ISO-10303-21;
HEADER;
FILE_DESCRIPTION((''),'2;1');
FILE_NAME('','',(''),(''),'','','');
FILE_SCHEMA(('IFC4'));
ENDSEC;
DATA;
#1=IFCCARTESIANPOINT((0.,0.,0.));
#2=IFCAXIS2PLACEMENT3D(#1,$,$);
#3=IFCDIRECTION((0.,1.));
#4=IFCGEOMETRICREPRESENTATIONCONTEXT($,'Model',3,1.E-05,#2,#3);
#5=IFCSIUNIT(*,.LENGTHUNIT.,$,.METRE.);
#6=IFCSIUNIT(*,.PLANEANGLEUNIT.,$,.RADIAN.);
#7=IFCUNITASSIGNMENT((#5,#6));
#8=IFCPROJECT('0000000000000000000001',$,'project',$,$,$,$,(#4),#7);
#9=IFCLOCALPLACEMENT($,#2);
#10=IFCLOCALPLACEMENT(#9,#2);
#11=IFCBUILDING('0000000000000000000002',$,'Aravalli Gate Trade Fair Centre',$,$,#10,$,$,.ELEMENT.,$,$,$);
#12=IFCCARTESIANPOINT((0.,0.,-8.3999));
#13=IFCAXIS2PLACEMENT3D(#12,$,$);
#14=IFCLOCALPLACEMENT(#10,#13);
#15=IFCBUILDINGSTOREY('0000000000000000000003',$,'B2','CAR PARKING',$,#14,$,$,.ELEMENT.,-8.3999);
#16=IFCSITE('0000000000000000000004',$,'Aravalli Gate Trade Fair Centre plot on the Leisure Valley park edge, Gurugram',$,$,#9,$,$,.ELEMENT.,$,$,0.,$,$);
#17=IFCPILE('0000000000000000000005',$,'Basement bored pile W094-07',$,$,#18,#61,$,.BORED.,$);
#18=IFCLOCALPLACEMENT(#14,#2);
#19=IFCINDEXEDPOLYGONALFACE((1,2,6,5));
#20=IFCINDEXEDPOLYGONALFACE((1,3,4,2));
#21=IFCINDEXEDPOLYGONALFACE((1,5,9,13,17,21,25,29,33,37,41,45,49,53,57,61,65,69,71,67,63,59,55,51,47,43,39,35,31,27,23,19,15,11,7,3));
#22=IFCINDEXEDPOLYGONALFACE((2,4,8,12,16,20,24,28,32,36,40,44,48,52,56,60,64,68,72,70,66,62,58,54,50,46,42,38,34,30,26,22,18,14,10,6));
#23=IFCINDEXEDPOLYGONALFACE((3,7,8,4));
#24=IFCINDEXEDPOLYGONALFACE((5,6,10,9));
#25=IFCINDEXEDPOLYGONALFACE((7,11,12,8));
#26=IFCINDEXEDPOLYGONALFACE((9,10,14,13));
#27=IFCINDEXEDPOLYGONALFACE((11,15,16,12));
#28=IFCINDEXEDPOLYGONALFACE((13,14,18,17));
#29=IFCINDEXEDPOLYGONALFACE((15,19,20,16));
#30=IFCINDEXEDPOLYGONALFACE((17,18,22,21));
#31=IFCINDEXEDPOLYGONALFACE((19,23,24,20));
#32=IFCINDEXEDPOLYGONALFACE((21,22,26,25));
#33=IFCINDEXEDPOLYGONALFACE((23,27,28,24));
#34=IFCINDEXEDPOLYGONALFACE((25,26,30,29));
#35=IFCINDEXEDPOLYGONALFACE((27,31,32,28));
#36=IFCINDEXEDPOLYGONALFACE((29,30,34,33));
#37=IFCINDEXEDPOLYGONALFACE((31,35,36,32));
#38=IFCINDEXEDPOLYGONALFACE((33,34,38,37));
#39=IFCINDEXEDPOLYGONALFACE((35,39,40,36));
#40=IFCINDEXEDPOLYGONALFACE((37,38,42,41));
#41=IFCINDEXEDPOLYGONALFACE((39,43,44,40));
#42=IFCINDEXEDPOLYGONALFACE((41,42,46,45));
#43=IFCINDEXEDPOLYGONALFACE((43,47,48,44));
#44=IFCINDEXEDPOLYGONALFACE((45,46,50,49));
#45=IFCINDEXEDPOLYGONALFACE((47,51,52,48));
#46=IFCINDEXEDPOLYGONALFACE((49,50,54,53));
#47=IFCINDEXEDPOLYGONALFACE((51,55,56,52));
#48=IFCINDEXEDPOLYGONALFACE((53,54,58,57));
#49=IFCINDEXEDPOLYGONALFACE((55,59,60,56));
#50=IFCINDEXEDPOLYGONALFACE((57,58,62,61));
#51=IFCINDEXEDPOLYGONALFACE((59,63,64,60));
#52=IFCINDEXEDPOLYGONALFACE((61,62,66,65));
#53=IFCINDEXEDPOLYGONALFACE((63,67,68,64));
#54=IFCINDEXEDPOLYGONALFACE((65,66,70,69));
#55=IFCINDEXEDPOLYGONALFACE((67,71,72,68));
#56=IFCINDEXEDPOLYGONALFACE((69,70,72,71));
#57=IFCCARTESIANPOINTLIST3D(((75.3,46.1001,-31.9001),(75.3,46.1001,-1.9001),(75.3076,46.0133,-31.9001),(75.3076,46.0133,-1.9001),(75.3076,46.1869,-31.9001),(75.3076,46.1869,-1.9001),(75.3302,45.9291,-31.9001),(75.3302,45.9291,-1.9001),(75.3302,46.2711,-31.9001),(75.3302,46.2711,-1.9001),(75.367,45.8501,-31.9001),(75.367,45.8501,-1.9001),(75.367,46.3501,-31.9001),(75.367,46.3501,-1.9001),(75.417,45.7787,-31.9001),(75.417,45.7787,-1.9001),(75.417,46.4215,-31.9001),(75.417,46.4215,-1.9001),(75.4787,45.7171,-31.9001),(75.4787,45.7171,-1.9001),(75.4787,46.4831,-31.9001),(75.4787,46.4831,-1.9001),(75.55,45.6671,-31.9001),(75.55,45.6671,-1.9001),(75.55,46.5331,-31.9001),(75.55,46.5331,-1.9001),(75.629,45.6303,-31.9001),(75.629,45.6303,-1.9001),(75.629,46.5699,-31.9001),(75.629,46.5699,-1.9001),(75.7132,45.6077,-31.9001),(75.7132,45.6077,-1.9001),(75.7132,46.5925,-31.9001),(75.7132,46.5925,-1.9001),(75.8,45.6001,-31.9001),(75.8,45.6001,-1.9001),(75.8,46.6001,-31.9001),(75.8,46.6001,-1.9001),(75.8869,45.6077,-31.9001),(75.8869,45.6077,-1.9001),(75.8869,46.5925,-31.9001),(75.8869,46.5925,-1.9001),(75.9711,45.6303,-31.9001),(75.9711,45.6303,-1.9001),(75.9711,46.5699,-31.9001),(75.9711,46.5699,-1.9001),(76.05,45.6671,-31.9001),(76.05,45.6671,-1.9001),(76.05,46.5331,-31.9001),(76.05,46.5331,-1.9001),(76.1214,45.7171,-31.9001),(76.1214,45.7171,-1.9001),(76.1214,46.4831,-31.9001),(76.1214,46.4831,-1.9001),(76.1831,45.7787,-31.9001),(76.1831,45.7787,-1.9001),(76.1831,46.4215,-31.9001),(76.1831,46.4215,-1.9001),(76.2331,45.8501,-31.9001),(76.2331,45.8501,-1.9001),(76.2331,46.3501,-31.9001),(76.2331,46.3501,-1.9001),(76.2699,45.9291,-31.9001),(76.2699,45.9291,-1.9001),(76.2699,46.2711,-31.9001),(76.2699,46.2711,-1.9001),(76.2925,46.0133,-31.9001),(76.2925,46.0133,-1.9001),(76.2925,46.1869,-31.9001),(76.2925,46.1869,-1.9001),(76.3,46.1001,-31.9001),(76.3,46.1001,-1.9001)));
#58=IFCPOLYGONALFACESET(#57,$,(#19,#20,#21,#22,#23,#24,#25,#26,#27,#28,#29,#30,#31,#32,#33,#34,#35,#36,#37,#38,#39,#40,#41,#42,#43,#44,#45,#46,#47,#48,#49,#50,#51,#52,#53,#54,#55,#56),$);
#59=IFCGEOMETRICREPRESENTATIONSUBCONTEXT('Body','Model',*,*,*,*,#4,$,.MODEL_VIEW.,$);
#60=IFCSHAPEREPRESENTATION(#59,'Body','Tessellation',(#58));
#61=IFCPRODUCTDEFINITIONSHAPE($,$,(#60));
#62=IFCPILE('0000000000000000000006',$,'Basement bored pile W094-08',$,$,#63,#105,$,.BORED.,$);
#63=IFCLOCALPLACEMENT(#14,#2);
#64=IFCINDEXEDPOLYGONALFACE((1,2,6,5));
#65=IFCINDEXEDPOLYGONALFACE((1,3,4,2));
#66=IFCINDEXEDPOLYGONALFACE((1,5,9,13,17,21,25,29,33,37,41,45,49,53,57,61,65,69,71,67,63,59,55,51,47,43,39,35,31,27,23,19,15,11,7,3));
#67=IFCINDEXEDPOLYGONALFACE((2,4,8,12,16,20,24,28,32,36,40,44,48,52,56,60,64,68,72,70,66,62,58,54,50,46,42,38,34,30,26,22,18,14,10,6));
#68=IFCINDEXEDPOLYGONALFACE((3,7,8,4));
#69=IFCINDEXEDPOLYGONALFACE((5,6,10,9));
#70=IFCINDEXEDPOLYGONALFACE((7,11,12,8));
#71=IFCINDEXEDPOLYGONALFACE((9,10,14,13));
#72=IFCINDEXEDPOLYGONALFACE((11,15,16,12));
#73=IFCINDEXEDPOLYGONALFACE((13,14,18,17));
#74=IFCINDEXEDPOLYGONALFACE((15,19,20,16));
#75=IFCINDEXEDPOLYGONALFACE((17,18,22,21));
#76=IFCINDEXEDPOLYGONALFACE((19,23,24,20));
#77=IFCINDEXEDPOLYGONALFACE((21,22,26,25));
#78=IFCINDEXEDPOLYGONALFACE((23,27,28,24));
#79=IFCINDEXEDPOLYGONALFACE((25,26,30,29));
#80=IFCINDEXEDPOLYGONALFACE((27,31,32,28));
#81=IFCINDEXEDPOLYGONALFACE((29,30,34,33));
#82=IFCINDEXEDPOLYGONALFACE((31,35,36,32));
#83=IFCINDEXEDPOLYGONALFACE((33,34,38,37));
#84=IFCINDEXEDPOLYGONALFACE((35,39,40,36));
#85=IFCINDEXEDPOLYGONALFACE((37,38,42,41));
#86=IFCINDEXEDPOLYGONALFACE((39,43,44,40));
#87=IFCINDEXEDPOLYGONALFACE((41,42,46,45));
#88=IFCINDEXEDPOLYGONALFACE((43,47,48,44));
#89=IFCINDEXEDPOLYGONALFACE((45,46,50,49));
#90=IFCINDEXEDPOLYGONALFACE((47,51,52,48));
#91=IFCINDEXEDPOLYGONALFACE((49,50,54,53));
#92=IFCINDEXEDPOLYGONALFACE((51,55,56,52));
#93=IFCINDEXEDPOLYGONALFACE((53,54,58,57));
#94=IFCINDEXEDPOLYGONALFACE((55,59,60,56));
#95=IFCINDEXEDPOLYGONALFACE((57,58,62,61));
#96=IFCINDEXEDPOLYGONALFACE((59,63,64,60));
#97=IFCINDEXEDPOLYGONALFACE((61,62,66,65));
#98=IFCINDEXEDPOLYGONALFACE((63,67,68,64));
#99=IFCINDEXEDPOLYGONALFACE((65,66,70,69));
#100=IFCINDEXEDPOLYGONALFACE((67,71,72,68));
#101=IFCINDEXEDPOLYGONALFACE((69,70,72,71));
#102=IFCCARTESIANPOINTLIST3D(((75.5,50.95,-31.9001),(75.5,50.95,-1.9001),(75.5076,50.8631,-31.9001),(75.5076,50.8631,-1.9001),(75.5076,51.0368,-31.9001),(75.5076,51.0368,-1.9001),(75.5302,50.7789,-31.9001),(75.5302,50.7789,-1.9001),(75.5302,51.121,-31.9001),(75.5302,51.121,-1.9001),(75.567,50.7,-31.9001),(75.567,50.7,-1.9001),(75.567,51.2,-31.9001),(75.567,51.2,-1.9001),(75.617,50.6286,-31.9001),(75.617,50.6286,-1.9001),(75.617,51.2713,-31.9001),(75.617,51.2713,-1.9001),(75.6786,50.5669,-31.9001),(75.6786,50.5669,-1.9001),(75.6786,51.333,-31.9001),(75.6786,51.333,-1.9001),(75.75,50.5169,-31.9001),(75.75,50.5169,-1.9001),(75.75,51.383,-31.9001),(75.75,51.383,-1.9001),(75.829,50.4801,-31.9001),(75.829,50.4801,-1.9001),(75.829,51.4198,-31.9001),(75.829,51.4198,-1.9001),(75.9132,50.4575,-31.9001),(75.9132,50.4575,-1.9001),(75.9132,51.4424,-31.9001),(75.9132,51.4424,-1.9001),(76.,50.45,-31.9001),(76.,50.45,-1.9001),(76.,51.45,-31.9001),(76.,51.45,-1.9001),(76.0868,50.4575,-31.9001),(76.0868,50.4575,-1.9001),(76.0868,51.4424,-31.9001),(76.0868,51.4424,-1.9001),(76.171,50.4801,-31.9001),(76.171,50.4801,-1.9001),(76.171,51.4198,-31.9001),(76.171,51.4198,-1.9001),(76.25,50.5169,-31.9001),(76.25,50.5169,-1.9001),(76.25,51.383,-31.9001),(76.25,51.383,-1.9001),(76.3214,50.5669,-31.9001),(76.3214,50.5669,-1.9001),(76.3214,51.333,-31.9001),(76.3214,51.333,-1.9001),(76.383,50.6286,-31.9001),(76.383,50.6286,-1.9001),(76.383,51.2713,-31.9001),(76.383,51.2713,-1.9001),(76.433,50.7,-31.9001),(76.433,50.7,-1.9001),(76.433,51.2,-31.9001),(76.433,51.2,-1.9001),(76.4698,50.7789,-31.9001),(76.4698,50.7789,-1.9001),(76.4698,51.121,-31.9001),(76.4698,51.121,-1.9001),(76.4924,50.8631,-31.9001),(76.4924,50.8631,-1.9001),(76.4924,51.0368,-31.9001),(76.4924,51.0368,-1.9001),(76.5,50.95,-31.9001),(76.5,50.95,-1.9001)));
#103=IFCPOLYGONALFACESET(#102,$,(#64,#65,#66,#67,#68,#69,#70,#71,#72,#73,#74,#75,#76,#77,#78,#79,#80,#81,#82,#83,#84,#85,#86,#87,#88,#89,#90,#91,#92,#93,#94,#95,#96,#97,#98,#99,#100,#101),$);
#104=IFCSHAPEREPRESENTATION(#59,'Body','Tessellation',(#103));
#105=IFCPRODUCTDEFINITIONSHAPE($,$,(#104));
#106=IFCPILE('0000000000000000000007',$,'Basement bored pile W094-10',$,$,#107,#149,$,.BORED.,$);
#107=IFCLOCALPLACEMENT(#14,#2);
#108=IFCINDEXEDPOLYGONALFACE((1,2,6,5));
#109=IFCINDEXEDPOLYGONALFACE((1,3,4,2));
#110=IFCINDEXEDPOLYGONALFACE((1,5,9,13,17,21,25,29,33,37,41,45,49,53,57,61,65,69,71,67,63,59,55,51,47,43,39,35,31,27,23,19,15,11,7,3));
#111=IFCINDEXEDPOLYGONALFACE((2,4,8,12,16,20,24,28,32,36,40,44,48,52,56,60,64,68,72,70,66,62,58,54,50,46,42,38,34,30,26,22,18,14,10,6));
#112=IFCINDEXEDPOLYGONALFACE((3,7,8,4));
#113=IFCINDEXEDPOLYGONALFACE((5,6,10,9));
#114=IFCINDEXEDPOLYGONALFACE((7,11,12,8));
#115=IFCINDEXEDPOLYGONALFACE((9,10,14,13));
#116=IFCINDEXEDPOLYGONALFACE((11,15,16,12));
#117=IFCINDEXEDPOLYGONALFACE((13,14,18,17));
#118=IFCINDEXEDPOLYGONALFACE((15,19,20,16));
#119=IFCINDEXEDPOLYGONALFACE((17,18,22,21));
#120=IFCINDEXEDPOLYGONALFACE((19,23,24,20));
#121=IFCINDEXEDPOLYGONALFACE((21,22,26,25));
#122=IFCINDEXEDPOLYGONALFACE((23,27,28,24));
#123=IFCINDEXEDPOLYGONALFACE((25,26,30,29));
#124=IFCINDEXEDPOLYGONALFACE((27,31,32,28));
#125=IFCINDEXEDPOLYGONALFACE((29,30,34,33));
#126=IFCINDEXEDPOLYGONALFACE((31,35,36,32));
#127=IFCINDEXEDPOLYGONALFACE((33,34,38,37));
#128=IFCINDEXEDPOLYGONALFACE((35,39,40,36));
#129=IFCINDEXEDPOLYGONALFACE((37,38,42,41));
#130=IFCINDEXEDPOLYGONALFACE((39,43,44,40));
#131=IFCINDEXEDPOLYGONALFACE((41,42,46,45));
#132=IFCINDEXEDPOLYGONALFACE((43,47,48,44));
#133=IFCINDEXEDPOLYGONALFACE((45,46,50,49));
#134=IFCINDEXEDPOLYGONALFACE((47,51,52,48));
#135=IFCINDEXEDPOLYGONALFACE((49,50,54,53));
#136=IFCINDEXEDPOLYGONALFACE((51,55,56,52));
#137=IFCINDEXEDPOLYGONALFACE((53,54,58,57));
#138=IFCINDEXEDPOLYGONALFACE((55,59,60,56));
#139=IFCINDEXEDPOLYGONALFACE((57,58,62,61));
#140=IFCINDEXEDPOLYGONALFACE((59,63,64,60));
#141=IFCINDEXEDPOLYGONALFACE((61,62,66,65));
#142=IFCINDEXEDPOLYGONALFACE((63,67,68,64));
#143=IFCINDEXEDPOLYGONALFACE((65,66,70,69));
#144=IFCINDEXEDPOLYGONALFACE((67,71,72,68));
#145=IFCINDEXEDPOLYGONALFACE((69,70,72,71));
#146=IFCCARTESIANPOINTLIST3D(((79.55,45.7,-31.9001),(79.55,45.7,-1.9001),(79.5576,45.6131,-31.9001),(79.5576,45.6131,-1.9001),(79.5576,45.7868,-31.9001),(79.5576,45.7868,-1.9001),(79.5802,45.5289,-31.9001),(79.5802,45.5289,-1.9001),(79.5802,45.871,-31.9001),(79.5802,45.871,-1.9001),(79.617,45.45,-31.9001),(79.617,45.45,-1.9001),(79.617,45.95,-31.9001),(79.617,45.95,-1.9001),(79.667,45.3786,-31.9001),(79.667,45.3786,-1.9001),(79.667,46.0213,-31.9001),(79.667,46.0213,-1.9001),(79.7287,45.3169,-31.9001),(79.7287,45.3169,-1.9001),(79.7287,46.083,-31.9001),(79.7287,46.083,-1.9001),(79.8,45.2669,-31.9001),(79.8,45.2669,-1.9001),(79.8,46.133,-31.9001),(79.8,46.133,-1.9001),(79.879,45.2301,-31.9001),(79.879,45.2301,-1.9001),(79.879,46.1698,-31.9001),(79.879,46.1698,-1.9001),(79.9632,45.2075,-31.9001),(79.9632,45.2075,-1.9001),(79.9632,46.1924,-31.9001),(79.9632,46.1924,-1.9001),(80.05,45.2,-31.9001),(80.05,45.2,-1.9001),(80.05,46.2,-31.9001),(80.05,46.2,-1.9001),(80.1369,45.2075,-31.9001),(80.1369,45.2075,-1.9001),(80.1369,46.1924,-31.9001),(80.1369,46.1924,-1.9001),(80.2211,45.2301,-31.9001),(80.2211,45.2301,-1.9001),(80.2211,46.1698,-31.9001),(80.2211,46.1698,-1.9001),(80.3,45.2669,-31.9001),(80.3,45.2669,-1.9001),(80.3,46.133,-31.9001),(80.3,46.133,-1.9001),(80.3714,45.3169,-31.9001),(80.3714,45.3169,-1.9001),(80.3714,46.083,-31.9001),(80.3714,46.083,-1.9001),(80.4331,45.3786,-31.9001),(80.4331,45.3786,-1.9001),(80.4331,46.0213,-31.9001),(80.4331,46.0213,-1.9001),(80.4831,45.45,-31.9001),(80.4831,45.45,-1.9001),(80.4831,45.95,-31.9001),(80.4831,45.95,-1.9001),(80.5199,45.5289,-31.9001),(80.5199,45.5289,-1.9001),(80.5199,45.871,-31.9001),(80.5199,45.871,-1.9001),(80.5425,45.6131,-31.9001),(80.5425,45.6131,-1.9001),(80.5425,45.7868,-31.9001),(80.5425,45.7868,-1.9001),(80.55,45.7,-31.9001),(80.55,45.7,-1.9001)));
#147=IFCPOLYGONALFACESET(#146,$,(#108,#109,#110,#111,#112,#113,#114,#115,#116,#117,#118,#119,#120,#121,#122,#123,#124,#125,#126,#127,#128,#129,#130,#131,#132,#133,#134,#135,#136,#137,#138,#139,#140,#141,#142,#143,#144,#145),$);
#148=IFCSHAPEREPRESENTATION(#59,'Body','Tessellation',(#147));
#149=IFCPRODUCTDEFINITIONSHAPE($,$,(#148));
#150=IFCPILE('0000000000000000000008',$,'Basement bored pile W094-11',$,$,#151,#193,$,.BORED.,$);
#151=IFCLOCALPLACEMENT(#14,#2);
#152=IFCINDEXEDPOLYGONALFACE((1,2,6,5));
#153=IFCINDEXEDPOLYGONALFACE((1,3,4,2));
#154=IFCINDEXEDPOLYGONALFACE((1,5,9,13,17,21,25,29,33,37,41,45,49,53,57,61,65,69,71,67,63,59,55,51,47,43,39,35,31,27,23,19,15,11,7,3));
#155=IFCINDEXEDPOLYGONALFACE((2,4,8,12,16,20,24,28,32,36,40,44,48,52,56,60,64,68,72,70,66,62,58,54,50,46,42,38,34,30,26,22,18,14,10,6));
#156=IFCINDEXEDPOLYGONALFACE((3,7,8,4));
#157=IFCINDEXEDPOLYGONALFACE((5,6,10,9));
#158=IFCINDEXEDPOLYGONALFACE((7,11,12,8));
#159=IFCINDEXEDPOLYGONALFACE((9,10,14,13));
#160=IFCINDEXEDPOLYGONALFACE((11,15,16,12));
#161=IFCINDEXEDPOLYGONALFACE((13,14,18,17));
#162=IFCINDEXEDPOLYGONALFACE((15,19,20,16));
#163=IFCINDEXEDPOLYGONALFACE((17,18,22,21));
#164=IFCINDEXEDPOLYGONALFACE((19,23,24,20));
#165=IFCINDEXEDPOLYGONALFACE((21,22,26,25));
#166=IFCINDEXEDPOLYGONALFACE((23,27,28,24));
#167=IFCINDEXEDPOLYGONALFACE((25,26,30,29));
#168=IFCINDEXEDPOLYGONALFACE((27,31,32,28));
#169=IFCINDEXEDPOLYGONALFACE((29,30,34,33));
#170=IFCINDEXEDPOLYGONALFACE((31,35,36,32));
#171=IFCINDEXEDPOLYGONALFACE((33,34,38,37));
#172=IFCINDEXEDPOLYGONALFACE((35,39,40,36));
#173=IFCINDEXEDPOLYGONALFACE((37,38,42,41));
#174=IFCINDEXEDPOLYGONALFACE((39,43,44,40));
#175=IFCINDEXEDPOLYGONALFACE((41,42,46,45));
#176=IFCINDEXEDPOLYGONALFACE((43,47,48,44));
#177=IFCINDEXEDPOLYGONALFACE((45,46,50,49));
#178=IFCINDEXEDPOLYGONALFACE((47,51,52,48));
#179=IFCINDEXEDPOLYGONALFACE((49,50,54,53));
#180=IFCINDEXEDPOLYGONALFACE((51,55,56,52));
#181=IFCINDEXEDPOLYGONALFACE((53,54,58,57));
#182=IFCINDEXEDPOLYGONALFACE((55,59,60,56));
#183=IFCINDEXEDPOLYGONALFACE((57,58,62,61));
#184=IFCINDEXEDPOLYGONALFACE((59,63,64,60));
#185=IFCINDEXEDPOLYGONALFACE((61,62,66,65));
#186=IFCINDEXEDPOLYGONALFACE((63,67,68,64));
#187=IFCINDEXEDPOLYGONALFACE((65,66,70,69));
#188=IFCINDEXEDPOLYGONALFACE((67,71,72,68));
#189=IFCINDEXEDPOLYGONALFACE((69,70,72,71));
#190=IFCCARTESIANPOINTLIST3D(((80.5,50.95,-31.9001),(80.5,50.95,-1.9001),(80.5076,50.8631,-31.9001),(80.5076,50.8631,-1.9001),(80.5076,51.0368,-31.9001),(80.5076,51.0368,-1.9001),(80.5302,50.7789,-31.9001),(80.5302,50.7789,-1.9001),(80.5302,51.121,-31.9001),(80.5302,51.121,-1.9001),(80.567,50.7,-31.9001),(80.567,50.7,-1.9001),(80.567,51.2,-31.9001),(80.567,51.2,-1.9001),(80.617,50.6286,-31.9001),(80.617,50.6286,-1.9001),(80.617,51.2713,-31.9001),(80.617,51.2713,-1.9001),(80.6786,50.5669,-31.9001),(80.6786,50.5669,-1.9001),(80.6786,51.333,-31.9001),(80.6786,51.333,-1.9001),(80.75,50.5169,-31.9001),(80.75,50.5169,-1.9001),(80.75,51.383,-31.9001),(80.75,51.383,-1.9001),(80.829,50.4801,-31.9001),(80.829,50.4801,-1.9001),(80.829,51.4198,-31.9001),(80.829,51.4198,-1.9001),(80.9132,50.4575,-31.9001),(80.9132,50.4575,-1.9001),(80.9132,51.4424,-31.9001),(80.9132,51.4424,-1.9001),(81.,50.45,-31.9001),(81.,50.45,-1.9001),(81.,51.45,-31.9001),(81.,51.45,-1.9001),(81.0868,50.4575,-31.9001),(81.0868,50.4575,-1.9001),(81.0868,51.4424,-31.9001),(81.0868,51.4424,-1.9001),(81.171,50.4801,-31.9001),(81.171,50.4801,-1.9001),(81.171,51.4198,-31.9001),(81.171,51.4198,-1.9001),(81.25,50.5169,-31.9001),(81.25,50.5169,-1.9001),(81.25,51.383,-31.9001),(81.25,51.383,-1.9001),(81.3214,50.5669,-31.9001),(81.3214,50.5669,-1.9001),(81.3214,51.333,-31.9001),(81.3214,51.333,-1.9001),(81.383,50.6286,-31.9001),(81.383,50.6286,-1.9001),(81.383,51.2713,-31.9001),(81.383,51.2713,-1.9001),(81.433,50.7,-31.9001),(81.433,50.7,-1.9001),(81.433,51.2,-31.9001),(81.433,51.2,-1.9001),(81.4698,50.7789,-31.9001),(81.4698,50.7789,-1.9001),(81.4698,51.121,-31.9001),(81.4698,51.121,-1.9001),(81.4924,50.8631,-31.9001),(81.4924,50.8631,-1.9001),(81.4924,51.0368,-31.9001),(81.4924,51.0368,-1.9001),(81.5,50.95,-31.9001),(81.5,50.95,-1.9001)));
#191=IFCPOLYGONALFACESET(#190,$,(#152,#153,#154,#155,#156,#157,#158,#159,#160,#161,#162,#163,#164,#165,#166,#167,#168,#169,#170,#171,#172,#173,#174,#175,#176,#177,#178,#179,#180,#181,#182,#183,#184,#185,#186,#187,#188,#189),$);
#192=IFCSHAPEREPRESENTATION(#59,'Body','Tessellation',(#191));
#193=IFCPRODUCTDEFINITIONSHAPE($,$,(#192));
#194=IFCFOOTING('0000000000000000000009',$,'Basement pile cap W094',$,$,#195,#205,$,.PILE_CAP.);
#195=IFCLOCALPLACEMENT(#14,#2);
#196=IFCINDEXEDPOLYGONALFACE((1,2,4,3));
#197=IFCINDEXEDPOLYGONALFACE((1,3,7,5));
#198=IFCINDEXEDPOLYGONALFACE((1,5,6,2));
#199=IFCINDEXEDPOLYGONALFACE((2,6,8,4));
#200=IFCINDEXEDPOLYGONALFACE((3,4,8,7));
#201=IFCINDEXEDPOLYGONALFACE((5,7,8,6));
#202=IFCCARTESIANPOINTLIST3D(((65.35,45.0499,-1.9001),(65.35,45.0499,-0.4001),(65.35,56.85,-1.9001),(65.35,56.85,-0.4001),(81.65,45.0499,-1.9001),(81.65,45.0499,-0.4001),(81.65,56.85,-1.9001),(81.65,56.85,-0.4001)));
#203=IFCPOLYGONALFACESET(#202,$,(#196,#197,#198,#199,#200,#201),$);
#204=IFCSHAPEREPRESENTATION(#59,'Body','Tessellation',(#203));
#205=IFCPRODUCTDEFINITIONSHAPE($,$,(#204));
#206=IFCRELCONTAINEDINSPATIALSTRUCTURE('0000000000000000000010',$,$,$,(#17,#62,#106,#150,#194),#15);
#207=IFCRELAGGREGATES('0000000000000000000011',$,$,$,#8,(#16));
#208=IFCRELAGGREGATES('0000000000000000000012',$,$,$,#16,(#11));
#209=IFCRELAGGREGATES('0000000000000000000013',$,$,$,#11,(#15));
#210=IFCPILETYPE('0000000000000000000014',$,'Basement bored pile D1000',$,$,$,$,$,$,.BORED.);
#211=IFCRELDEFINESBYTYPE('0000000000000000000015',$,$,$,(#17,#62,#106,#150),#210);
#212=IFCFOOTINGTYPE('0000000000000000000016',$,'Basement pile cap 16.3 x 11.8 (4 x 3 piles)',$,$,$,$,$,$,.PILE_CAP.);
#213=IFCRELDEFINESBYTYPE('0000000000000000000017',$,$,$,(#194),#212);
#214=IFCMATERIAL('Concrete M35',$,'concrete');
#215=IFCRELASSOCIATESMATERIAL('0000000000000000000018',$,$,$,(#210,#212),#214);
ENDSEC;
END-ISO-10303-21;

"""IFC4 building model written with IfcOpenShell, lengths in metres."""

from ifc_helpers import new_model, si_unit, direction, frame, origin, origin_2d, place, context, subcontext, project, spatial, rectangle, circle, extrude, material, material_profile, profile_set, type_object, element, save


model = new_model("IFC4")

# Units and contexts
model_context = context("Model", 3, precision=1e-05, world=origin(), true_north=direction((0.0, 1.0)))
body_context = subcontext(model_context, "Body", "Model", "MODEL_VIEW")
ifc_project = project(units=[si_unit("LENGTHUNIT", "METRE"), si_unit("PLANEANGLEUNIT", "RADIAN")], contexts=[model_context])

# Site, building, storey
site_placement = place(None, origin())
site = spatial("IfcSite", under=ifc_project, at=site_placement, Name="Aravalli Gate Trade Fair Centre plot on the Leisure Valley park edge, Gurugram", CompositionType="ELEMENT", RefElevation=0.0)
building_placement = place(site_placement, origin())
building = spatial("IfcBuilding", under=site, at=building_placement, Name="Aravalli Gate Trade Fair Centre", CompositionType="ELEMENT")
storey_placement = place(building_placement, frame((0.0, 0.0, -8.3999)))
storey = spatial("IfcBuildingStorey", under=building, at=storey_placement, Name="B2", Description="CAR PARKING", CompositionType="ELEMENT", Elevation=-8.3999)

# Piles
ifc_material_1 = material(Name="Concrete M35", Category="concrete")
ifc_material_profile_1 = material_profile(ifc_material_1, circle(Radius=0.5, at=origin_2d()), Name="D1000")
ifc_profile_set_1 = profile_set([ifc_material_profile_1], Name="Concrete M35")
pile_type = type_object("IfcPileType", Name="Basement bored pile D1000", PredefinedType="BORED", material=ifc_profile_set_1)
for number, where, z_axis, x_axis, name in (
    (1, (75.8, 46.1001, -1.9001), (0.0, 0.0, -1.0), (1.0, 0.0, 0.0), "Basement bored pile W094-07"),
    (2, (76.0, 50.95, -1.9001), (0.0, 0.0, -1.0), (1.0, 0.0, 0.0), "Basement bored pile W094-08"),
    (3, (80.05, 45.7, -1.9001), (0.0, 0.0, -1.0), (1.0, 0.0, 0.0), "Basement bored pile W094-10"),
    (4, (81.0, 50.95, -1.9001), (0.0, 0.0, -1.0), (1.0, 0.0, 0.0), "Basement bored pile W094-11"),
):
    element("IfcPile", number, at=place(storey_placement, frame(where, z_axis=z_axis, x_axis=x_axis)), inside=storey, type_object=pile_type, Name=name, PredefinedType="BORED", context=body_context, shape_type="SweptSolid", body=[
        extrude(circle(Radius=0.5, at=origin_2d()), origin(), (0.0, 0.0, 1.0), 30.0),
    ])

# Footing
footing_type = type_object("IfcFootingType", Name="Basement pile cap 16.3 x 11.8 (4 x 3 piles)", PredefinedType="PILE_CAP", material=ifc_material_1)
footing_placement = place(storey_placement, frame((73.5, 50.95, -1.9001), z_axis=(0.0, 0.0, 1.0), x_axis=(1.0, 0.0, 0.0)))
element("IfcFooting", 5, at=footing_placement, inside=storey, type_object=footing_type, Name="Basement pile cap W094", PredefinedType="PILE_CAP", context=body_context, shape_type="SweptSolid", body=[
    extrude(rectangle(XDim=16.3, YDim=11.8, at=origin_2d()), origin(), (0.0, 0.0, 1.0), 1.5),
])

save(model, "model.ifc")
